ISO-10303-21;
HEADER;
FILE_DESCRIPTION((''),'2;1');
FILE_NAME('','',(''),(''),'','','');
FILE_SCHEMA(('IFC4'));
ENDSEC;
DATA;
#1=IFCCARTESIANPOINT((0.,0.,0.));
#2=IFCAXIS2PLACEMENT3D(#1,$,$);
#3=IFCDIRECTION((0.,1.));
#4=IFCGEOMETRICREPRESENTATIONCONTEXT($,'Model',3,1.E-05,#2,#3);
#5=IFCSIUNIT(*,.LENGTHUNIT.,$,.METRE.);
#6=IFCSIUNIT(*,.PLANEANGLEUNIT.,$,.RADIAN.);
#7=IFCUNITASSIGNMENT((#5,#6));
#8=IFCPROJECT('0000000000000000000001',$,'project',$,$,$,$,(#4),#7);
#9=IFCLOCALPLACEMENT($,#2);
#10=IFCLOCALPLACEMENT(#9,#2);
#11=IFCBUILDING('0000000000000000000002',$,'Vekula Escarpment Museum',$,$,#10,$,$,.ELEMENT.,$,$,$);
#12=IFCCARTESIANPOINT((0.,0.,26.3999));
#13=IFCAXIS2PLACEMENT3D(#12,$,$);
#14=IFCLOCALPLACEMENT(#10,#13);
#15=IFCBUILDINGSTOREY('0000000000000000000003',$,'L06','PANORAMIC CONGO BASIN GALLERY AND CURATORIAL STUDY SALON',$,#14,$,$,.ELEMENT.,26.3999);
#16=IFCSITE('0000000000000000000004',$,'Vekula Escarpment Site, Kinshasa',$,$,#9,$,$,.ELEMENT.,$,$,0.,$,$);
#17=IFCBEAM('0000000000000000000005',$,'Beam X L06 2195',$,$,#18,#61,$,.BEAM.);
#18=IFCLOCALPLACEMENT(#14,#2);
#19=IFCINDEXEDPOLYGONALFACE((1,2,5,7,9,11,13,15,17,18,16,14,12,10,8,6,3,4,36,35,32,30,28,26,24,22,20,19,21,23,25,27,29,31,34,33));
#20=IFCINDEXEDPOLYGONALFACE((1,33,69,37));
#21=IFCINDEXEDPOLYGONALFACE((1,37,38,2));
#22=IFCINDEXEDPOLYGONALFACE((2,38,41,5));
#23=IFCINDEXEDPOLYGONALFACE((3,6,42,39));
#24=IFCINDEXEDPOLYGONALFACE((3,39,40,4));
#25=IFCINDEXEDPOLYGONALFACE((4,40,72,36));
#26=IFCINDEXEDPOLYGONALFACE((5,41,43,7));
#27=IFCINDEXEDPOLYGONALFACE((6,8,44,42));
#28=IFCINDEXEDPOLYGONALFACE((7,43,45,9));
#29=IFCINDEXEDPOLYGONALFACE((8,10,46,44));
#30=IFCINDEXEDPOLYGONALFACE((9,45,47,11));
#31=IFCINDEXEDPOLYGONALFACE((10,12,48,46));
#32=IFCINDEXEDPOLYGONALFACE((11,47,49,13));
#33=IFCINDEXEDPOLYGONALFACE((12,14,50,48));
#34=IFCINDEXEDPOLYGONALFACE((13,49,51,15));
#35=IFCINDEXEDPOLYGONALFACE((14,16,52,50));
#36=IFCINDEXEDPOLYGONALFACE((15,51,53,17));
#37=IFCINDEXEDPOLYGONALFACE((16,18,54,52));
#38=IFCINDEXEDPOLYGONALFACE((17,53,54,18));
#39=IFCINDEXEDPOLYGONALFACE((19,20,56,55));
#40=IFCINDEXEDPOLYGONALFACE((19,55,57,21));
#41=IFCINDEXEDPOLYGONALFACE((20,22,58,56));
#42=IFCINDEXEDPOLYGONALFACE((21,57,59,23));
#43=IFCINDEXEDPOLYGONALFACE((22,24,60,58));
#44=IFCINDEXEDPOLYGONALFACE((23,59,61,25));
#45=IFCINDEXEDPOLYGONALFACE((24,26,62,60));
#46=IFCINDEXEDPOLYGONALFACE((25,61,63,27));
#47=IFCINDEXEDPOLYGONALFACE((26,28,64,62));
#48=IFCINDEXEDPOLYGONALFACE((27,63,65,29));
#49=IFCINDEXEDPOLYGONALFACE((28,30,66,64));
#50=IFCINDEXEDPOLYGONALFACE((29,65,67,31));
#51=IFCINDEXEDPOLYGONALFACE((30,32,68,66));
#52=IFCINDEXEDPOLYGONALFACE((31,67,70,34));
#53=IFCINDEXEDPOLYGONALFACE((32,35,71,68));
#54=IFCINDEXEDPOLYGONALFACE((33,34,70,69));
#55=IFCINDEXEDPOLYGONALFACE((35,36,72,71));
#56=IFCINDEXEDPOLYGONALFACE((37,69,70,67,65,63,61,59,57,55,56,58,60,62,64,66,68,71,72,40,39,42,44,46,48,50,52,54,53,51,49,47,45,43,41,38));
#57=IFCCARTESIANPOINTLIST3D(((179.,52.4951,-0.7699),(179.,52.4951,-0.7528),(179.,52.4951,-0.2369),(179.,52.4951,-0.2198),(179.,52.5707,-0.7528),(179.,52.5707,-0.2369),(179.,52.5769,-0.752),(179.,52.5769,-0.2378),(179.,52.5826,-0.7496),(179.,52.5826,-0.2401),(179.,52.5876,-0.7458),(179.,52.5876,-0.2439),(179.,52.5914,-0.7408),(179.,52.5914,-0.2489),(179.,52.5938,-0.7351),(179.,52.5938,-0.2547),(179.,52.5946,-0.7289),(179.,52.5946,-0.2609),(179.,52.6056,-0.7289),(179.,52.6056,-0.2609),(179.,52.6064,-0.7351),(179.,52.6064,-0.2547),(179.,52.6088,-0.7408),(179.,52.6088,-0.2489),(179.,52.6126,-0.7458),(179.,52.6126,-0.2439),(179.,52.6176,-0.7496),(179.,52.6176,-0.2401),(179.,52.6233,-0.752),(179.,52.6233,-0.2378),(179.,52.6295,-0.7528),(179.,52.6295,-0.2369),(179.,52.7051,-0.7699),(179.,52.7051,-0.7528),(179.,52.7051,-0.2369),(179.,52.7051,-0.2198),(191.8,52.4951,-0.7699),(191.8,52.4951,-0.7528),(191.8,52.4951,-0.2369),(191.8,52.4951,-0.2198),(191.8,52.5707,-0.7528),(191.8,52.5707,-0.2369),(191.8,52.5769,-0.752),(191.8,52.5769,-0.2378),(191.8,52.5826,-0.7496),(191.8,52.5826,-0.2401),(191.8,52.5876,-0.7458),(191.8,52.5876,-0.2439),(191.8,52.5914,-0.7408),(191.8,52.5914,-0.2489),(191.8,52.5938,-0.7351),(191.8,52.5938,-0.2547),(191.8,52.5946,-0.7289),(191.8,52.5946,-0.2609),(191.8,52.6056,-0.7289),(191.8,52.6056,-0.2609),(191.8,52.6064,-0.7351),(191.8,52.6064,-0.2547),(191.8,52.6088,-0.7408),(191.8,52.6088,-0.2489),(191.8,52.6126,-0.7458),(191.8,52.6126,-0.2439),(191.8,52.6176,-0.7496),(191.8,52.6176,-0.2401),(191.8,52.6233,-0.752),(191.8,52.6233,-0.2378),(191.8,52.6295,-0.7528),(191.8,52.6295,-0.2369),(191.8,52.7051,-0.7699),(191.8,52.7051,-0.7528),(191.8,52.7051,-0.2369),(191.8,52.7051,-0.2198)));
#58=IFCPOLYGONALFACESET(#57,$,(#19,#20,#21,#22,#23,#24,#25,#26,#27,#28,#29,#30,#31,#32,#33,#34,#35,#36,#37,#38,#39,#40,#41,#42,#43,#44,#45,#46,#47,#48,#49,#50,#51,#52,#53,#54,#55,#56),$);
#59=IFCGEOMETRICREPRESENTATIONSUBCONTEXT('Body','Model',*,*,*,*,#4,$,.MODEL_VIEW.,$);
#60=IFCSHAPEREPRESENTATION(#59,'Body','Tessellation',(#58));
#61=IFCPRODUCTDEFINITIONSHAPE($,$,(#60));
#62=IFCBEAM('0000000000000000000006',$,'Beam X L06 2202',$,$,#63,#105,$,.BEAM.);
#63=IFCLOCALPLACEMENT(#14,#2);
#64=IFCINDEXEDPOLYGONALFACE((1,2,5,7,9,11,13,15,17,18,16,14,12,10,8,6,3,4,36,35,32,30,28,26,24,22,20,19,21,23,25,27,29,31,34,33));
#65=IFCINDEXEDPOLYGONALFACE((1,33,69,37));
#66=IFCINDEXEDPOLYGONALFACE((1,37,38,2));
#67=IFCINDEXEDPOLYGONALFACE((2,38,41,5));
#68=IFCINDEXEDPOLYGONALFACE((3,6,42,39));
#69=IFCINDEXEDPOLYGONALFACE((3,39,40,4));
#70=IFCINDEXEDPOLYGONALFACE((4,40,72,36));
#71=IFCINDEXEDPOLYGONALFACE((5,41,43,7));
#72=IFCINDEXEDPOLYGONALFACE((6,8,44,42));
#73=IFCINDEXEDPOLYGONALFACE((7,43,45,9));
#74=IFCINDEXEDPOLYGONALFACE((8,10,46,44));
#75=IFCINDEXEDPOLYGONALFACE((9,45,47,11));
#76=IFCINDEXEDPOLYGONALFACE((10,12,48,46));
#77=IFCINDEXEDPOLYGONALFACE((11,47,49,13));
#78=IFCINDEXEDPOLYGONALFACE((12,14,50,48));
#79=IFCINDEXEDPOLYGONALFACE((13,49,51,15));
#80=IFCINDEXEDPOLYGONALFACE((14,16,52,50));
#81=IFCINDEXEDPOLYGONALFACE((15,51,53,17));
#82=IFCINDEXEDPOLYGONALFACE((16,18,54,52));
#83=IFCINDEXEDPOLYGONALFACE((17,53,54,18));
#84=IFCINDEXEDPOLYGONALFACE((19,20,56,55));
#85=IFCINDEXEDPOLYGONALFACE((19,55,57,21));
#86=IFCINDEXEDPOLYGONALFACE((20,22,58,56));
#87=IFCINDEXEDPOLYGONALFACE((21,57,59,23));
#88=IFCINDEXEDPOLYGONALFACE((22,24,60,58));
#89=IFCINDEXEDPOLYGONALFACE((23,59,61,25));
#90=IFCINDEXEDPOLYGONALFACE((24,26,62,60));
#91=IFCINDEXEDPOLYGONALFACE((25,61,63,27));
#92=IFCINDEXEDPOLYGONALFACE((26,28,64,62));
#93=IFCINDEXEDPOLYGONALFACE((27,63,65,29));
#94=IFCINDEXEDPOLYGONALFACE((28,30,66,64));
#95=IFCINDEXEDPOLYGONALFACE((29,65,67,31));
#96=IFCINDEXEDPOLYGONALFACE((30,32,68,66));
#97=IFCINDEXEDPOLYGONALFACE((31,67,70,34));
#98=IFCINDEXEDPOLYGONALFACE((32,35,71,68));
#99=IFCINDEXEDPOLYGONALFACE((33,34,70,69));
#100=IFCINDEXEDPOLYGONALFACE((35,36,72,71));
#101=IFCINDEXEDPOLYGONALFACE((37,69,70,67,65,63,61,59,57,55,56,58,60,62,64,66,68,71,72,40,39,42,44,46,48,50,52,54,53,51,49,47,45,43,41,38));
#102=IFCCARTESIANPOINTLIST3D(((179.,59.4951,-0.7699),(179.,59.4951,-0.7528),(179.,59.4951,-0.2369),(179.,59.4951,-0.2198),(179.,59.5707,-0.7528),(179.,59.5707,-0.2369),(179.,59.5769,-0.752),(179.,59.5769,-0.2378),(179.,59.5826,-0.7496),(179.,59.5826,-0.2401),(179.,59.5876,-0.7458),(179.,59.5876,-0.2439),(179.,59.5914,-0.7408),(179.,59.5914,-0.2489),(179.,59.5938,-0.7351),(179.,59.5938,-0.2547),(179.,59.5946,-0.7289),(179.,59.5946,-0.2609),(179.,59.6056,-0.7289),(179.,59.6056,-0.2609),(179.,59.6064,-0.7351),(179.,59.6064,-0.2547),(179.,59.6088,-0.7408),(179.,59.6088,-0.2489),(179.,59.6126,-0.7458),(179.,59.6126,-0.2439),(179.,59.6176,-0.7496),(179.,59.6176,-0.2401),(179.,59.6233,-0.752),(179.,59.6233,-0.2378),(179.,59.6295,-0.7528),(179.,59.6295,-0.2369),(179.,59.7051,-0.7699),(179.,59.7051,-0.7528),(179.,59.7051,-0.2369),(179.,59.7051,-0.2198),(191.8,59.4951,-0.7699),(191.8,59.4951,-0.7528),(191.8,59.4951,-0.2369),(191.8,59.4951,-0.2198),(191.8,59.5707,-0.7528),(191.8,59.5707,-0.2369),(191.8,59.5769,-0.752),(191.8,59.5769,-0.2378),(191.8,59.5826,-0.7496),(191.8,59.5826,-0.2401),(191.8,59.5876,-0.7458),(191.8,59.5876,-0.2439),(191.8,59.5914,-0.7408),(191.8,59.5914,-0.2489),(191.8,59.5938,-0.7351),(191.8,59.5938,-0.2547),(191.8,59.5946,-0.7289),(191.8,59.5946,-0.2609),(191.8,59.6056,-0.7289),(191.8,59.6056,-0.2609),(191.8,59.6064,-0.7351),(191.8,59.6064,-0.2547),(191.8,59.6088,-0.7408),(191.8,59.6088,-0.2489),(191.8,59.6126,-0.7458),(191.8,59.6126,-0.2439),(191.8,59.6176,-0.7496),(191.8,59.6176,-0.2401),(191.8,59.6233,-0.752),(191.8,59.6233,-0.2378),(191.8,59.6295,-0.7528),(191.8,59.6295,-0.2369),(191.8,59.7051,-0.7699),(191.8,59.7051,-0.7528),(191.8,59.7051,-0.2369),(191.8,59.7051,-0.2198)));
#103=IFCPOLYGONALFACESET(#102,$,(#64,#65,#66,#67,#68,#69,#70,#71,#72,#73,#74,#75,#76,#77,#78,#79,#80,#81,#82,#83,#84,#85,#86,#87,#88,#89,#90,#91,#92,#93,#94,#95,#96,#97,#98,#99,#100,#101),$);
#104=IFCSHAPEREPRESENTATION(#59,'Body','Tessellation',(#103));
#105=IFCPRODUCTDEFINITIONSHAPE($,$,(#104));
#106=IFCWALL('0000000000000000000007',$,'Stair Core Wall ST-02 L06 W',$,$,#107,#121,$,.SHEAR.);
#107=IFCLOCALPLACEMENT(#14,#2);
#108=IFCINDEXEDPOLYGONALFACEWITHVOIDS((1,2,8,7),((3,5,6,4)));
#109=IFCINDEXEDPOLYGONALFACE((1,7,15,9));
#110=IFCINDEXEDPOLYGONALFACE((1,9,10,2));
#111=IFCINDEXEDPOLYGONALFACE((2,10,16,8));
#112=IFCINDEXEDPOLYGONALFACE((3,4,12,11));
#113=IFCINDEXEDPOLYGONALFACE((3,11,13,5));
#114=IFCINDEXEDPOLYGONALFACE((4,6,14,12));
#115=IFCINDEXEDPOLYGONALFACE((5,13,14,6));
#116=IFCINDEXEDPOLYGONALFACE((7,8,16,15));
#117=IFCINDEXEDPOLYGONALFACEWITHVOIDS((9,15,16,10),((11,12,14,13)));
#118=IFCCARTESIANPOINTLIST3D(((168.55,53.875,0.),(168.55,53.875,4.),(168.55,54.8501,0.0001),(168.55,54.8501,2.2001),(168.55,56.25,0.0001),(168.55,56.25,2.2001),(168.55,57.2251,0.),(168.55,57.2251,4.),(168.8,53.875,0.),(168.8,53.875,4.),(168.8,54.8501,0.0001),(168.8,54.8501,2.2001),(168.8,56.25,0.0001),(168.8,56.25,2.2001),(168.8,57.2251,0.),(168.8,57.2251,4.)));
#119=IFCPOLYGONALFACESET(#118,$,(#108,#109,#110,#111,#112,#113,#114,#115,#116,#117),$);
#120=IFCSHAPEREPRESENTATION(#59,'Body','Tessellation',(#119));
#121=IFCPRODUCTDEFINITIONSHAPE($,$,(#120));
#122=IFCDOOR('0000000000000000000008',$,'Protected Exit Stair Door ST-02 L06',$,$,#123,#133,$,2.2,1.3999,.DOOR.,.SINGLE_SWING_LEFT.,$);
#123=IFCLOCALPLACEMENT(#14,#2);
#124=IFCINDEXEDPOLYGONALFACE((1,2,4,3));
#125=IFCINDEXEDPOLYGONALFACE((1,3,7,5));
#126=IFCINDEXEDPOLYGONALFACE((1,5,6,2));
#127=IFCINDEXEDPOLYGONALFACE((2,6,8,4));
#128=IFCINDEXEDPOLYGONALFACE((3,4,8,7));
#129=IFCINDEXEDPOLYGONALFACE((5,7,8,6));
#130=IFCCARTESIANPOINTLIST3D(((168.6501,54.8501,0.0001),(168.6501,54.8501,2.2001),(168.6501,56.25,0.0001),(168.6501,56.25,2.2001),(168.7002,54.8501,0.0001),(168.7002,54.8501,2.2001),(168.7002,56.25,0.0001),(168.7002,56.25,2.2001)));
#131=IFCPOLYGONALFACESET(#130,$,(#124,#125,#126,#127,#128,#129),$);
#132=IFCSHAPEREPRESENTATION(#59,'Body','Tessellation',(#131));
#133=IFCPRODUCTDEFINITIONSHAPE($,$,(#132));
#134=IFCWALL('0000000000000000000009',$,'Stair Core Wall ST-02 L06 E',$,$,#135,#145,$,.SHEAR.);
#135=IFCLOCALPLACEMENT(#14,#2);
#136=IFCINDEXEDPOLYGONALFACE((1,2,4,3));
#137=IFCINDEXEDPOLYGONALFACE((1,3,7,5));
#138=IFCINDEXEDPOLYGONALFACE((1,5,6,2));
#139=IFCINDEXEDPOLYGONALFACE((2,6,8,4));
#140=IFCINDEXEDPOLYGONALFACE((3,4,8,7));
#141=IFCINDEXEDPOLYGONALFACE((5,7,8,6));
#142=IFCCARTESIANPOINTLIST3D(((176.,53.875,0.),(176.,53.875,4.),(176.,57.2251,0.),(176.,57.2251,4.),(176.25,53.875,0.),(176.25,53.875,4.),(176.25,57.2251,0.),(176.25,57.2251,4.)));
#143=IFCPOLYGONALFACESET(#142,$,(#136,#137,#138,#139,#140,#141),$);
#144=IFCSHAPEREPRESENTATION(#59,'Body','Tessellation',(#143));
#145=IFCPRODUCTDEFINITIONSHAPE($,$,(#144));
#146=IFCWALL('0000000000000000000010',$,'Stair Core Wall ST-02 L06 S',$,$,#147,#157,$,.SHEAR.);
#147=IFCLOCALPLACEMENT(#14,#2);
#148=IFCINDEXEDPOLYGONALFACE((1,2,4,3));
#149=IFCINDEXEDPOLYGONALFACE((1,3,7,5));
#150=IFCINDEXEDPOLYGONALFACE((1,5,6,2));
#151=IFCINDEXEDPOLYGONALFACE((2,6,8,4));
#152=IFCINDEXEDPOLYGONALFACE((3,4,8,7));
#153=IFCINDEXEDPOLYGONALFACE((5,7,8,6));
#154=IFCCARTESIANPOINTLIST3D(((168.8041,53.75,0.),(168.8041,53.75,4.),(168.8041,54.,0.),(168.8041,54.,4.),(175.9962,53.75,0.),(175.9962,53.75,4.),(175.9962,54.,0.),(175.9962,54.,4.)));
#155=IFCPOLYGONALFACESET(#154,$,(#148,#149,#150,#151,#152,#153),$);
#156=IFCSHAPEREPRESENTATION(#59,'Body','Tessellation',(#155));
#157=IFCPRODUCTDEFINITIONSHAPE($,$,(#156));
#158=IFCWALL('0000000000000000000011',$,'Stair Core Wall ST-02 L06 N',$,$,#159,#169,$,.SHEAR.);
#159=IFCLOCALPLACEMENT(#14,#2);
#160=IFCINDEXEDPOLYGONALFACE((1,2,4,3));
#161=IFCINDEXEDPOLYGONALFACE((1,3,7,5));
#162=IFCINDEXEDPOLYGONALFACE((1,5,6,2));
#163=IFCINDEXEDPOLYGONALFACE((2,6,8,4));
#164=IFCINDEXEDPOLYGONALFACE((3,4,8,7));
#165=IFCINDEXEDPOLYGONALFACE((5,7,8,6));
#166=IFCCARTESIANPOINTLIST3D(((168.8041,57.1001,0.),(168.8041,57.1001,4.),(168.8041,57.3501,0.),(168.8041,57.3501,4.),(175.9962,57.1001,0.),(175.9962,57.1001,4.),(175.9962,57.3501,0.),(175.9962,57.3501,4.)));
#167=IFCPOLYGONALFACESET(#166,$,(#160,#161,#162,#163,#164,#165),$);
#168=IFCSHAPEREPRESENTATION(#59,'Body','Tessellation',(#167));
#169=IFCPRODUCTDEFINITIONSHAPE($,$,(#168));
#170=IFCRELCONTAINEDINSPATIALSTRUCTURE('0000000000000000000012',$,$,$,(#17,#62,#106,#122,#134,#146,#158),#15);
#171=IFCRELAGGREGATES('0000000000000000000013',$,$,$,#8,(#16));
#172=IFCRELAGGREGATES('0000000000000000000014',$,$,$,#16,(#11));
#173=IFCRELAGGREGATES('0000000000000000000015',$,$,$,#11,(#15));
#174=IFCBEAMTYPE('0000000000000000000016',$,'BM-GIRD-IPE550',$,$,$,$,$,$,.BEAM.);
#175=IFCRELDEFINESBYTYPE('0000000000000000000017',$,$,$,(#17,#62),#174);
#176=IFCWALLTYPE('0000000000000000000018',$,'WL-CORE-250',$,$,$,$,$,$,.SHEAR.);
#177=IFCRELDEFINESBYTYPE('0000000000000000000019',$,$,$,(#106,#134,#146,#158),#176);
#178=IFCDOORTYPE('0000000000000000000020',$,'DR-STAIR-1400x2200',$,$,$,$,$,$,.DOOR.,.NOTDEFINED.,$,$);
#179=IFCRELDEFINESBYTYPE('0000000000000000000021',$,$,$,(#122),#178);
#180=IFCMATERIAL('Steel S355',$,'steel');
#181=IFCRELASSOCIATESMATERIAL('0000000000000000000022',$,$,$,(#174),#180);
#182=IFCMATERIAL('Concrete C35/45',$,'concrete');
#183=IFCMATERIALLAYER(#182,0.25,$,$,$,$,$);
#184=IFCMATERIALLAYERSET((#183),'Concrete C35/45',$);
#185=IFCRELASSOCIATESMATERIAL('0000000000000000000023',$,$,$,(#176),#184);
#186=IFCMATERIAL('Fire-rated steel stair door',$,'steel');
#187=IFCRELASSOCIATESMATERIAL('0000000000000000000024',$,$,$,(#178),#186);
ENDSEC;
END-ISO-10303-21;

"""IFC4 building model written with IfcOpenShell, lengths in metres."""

from ifc_helpers import new_model, si_unit, direction, frame, frame_2d, origin, origin_2d, place, context, subcontext, project, spatial, rectangle, i_section, extrude, material, layer, layer_set, material_profile, profile_set, type_object, element, fill, save


model = new_model("IFC4")

# Units and contexts
model_context = context("Model", 3, precision=1e-05, world=origin(), true_north=direction((0.0, 1.0)))
body_context = subcontext(model_context, "Body", "Model", "MODEL_VIEW")
ifc_project = project(units=[si_unit("LENGTHUNIT", "METRE"), si_unit("PLANEANGLEUNIT", "RADIAN")], contexts=[model_context])

# Site, building, storey
site_placement = place(None, origin())
site = spatial("IfcSite", under=ifc_project, at=site_placement, Name="Vekula Escarpment Site, Kinshasa", CompositionType="ELEMENT", RefElevation=0.0)
building_placement = place(site_placement, origin())
building = spatial("IfcBuilding", under=site, at=building_placement, Name="Vekula Escarpment Museum", CompositionType="ELEMENT")
storey_placement = place(building_placement, frame((0.0, 0.0, 26.3999)))
storey = spatial("IfcBuildingStorey", under=building, at=storey_placement, Name="L06", Description="PANORAMIC CONGO BASIN GALLERY AND CURATORIAL STUDY SALON", CompositionType="ELEMENT", Elevation=26.3999)

# Beams
ifc_material_1 = material(Name="Steel S355", Category="steel")
ifc_material_profile_1 = material_profile(ifc_material_1, i_section(OverallWidth=0.21, OverallDepth=0.55, WebThickness=0.011, FlangeThickness=0.0171, FilletRadius=0.0239, at=origin_2d()), Name="IPE 550")
ifc_profile_set_1 = profile_set([ifc_material_profile_1], Name="Steel S355")
beam_type_1 = type_object("IfcBeamType", Name="BM-GIRD-IPE550", PredefinedType="BEAM", material=ifc_profile_set_1)
for number, where, z_axis, x_axis, name in (
    (1, (179.0, 52.6001, -0.4949), (1.0, 0.0, 0.0), (0.0, 1.0, 0.0), "Beam X L06 2195"),
    (2, (179.0, 59.6001, -0.4949), (1.0, 0.0, 0.0), (0.0, 1.0, 0.0), "Beam X L06 2202"),
):
    element("IfcBeam", number, at=place(storey_placement, frame(where, z_axis=z_axis, x_axis=x_axis)), inside=storey, type_object=beam_type_1, Name=name, PredefinedType="BEAM", context=body_context, shape_type="SweptSolid", body=[
        extrude(i_section(OverallWidth=0.21, OverallDepth=0.55, WebThickness=0.011, FlangeThickness=0.0171, FilletRadius=0.0239, at=origin_2d()), origin(), (0.0, 0.0, 1.0), 12.8),
    ])

# Wall, opening, door
ifc_material_2 = material(Name="Concrete C35/45", Category="concrete")
ifc_layer_1 = layer(ifc_material_2, 0.25)
ifc_layer_set_1 = layer_set([ifc_layer_1], Name="Concrete C35/45")
wall_type_1 = type_object("IfcWallType", Name="WL-CORE-250", PredefinedType="SHEAR", material=ifc_layer_set_1)
wall_1_placement = place(storey_placement, frame((168.675, 53.875, 0.0), z_axis=(0.0, 0.0, 1.0), x_axis=(0.0, 1.0, 0.0)))
wall_1 = element("IfcWall", 3, at=wall_1_placement, inside=storey, type_object=wall_type_1, Name="Stair Core Wall ST-02 L06 W", PredefinedType="SHEAR", context=body_context, shape_type="SweptSolid", body=[
    extrude(rectangle(XDim=3.3501, YDim=0.25, at=frame_2d((1.675, 0.0))), origin(), (0.0, 0.0, 1.0), 4.0),
])
opening_1_placement = place(wall_1_placement, frame((0.9751, 0.0, 0.0)))
opening_1 = element("IfcOpeningElement", 4, at=opening_1_placement, cuts=wall_1, PredefinedType="OPENING", context=body_context, shape_type="SweptSolid", body=[
    extrude(rectangle(XDim=1.3999, YDim=2.2, at=frame_2d((0.7, 1.1001))), frame((0.0, 0.135, 0.0), z_axis=(0.0, -1.0, 0.0), x_axis=(1.0, 0.0, 0.0)), (0.0, 0.0, 1.0), 0.27),
])
ifc_material_3 = material(Name="Fire-rated steel stair door", Category="steel")
door_type_1 = type_object("IfcDoorType", Name="DR-STAIR-1400x2200", OperationType="NOTDEFINED", PredefinedType="DOOR", material=ifc_material_3)
door_1_placement = place(opening_1_placement, origin())
door_1 = element("IfcDoor", 5, at=door_1_placement, inside=storey, type_object=door_type_1, Name="Protected Exit Stair Door ST-02 L06", OperationType="SINGLE_SWING_LEFT", OverallHeight=2.2, OverallWidth=1.3999, PredefinedType="DOOR", context=body_context, shape_type="SweptSolid", body=[
    extrude(rectangle(XDim=1.3999, YDim=2.2, at=frame_2d((0.7, 1.1001))), frame((0.0, 0.0249, 0.0), z_axis=(0.0, -1.0, 0.0), x_axis=(1.0, 0.0, 0.0)), (0.0, 0.0, 1.0), 0.05),
])
fill(opening_1, door_1)

# Walls
wall_2_placement = place(storey_placement, frame((176.125, 53.875, 0.0), z_axis=(0.0, 0.0, 1.0), x_axis=(0.0, 1.0, 0.0)))
element("IfcWall", 6, at=wall_2_placement, inside=storey, type_object=wall_type_1, Name="Stair Core Wall ST-02 L06 E", PredefinedType="SHEAR", context=body_context, shape_type="SweptSolid", body=[
    extrude(rectangle(XDim=3.3501, YDim=0.25, at=frame_2d((1.675, 0.0))), origin(), (0.0, 0.0, 1.0), 4.0),
])
for number, where, z_axis, x_axis, name in (
    (7, (168.804, 53.875, 0.0), (0.0, 0.0, 1.0), (1.0, 0.0, 0.0), "Stair Core Wall ST-02 L06 S"),
    (8, (168.804, 57.2251, 0.0), (0.0, 0.0, 1.0), (1.0, 0.0, 0.0), "Stair Core Wall ST-02 L06 N"),
):
    element("IfcWall", number, at=place(storey_placement, frame(where, z_axis=z_axis, x_axis=x_axis)), inside=storey, type_object=wall_type_1, Name=name, PredefinedType="SHEAR", context=body_context, shape_type="SweptSolid", body=[
        extrude(rectangle(XDim=7.1921, YDim=0.25, at=frame_2d((3.5962, 0.0))), origin(), (0.0, 0.0, 1.0), 4.0),
    ])

save(model, "model.ifc")
